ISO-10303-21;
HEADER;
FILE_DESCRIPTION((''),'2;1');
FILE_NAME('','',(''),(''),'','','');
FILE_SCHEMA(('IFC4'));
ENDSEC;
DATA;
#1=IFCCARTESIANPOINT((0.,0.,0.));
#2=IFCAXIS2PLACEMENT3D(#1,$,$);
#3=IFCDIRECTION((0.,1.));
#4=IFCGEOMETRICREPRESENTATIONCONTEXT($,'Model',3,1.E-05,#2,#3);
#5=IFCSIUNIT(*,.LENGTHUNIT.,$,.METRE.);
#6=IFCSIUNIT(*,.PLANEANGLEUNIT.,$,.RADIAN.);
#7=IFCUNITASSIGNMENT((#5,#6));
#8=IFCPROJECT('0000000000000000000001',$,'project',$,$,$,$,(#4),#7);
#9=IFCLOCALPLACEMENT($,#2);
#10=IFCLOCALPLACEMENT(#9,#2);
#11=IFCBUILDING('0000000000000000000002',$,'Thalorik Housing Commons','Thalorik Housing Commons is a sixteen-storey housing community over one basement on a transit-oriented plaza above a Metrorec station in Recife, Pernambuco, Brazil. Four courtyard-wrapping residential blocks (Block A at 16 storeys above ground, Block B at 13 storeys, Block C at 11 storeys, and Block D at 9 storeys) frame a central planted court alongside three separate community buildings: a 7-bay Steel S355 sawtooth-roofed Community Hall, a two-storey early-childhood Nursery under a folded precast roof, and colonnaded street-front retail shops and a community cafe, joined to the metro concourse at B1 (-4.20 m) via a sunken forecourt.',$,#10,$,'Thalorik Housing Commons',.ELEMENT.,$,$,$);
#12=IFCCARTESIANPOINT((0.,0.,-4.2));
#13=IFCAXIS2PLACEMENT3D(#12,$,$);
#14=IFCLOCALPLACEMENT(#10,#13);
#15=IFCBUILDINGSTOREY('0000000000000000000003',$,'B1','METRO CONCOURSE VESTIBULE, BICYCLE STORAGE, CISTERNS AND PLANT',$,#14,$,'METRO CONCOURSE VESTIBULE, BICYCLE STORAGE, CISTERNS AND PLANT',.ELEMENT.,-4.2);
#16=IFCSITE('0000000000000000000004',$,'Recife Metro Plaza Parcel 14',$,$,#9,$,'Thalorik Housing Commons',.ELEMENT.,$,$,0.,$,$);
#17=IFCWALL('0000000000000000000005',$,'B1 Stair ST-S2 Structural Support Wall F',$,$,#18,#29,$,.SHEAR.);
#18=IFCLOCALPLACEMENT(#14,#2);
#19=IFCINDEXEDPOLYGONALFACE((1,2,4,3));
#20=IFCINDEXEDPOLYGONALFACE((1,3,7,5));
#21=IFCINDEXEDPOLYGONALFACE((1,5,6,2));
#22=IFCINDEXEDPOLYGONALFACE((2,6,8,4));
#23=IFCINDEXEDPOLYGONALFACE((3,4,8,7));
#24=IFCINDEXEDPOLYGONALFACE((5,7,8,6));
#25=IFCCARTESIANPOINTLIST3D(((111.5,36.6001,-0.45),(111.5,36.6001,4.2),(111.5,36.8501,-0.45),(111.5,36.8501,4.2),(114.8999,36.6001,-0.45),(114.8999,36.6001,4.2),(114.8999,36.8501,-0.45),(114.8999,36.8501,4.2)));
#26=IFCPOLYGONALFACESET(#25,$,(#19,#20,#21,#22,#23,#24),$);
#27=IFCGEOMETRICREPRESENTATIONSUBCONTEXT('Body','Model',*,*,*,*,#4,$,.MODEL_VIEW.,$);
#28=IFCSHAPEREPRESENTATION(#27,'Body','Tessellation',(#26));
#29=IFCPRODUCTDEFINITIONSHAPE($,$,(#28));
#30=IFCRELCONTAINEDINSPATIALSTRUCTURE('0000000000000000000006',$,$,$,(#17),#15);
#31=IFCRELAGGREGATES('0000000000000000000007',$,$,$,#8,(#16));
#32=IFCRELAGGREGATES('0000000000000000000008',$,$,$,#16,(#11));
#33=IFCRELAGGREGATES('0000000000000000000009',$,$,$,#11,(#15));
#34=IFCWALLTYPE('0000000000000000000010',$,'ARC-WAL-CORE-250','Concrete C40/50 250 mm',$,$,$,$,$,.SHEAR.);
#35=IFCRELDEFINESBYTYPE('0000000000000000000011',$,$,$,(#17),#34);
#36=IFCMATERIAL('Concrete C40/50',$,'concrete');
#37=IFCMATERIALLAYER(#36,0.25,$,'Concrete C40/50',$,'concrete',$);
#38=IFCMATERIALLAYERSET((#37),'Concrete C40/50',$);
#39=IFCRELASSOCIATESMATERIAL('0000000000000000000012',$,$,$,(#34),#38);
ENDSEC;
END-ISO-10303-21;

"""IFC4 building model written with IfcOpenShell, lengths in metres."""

from ifc_helpers import new_model, si_unit, direction, frame, frame_2d, origin, place, context, subcontext, project, spatial, rectangle, extrude, material, layer, layer_set, type_object, element, save


model = new_model("IFC4")

# Units and contexts
model_context = context("Model", 3, precision=1e-05, world=origin(), true_north=direction((0.0, 1.0)))
body_context = subcontext(model_context, "Body", "Model", "MODEL_VIEW")
ifc_project = project(units=[si_unit("LENGTHUNIT", "METRE"), si_unit("PLANEANGLEUNIT", "RADIAN")], contexts=[model_context])

# Site, building, storey
site_placement = place(None, origin())
site = spatial("IfcSite", under=ifc_project, at=site_placement, Name="Recife Metro Plaza Parcel 14", LongName="Thalorik Housing Commons", CompositionType="ELEMENT", RefElevation=0.0)
building_placement = place(site_placement, origin())
building = spatial("IfcBuilding", under=site, at=building_placement, Name="Thalorik Housing Commons", Description="Thalorik Housing Commons is a sixteen-storey housing community over one basement on a transit-oriented plaza above a Metrorec station in Recife, Pernambuco, Brazil. Four courtyard-wrapping residential blocks (Block A at 16 storeys above ground, Block B at 13 storeys, Block C at 11 storeys, and Block D at 9 storeys) frame a central planted court alongside three separate community buildings: a 7-bay Steel S355 sawtooth-roofed Community Hall, a two-storey early-childhood Nursery under a folded precast roof, and colonnaded street-front retail shops and a community cafe, joined to the metro concourse at B1 (-4.20 m) via a sunken forecourt.", LongName="Thalorik Housing Commons", CompositionType="ELEMENT")
storey_placement = place(building_placement, frame((0.0, 0.0, -4.2)))
storey = spatial("IfcBuildingStorey", under=building, at=storey_placement, Name="B1", Description="METRO CONCOURSE VESTIBULE, BICYCLE STORAGE, CISTERNS AND PLANT", LongName="METRO CONCOURSE VESTIBULE, BICYCLE STORAGE, CISTERNS AND PLANT", CompositionType="ELEMENT", Elevation=-4.2)

# Shared definitions
ifc_material_1 = material(Name="Concrete C40/50", Category="concrete")

# Wall
ifc_layer = layer(ifc_material_1, 0.25, Name="Concrete C40/50", Category="concrete")
ifc_layer_set = layer_set([ifc_layer], Name="Concrete C40/50")
wall_type = type_object("IfcWallType", Name="ARC-WAL-CORE-250", Description="Concrete C40/50 250 mm", PredefinedType="SHEAR", material=ifc_layer_set)
wall_placement = place(storey_placement, frame((114.8999, 36.7251, -0.45), z_axis=(0.0, 0.0, 1.0), x_axis=(-1.0, 0.0, 0.0)))
element("IfcWall", 1, at=wall_placement, inside=storey, type_object=wall_type, Name="B1 Stair ST-S2 Structural Support Wall F", PredefinedType="SHEAR", context=body_context, shape_type="SweptSolid", body=[
    extrude(rectangle(XDim=3.3999, YDim=0.25, at=frame_2d((1.7, 0.0))), origin(), (0.0, 0.0, 1.0), 4.6499),
])

save(model, "model.ifc")
